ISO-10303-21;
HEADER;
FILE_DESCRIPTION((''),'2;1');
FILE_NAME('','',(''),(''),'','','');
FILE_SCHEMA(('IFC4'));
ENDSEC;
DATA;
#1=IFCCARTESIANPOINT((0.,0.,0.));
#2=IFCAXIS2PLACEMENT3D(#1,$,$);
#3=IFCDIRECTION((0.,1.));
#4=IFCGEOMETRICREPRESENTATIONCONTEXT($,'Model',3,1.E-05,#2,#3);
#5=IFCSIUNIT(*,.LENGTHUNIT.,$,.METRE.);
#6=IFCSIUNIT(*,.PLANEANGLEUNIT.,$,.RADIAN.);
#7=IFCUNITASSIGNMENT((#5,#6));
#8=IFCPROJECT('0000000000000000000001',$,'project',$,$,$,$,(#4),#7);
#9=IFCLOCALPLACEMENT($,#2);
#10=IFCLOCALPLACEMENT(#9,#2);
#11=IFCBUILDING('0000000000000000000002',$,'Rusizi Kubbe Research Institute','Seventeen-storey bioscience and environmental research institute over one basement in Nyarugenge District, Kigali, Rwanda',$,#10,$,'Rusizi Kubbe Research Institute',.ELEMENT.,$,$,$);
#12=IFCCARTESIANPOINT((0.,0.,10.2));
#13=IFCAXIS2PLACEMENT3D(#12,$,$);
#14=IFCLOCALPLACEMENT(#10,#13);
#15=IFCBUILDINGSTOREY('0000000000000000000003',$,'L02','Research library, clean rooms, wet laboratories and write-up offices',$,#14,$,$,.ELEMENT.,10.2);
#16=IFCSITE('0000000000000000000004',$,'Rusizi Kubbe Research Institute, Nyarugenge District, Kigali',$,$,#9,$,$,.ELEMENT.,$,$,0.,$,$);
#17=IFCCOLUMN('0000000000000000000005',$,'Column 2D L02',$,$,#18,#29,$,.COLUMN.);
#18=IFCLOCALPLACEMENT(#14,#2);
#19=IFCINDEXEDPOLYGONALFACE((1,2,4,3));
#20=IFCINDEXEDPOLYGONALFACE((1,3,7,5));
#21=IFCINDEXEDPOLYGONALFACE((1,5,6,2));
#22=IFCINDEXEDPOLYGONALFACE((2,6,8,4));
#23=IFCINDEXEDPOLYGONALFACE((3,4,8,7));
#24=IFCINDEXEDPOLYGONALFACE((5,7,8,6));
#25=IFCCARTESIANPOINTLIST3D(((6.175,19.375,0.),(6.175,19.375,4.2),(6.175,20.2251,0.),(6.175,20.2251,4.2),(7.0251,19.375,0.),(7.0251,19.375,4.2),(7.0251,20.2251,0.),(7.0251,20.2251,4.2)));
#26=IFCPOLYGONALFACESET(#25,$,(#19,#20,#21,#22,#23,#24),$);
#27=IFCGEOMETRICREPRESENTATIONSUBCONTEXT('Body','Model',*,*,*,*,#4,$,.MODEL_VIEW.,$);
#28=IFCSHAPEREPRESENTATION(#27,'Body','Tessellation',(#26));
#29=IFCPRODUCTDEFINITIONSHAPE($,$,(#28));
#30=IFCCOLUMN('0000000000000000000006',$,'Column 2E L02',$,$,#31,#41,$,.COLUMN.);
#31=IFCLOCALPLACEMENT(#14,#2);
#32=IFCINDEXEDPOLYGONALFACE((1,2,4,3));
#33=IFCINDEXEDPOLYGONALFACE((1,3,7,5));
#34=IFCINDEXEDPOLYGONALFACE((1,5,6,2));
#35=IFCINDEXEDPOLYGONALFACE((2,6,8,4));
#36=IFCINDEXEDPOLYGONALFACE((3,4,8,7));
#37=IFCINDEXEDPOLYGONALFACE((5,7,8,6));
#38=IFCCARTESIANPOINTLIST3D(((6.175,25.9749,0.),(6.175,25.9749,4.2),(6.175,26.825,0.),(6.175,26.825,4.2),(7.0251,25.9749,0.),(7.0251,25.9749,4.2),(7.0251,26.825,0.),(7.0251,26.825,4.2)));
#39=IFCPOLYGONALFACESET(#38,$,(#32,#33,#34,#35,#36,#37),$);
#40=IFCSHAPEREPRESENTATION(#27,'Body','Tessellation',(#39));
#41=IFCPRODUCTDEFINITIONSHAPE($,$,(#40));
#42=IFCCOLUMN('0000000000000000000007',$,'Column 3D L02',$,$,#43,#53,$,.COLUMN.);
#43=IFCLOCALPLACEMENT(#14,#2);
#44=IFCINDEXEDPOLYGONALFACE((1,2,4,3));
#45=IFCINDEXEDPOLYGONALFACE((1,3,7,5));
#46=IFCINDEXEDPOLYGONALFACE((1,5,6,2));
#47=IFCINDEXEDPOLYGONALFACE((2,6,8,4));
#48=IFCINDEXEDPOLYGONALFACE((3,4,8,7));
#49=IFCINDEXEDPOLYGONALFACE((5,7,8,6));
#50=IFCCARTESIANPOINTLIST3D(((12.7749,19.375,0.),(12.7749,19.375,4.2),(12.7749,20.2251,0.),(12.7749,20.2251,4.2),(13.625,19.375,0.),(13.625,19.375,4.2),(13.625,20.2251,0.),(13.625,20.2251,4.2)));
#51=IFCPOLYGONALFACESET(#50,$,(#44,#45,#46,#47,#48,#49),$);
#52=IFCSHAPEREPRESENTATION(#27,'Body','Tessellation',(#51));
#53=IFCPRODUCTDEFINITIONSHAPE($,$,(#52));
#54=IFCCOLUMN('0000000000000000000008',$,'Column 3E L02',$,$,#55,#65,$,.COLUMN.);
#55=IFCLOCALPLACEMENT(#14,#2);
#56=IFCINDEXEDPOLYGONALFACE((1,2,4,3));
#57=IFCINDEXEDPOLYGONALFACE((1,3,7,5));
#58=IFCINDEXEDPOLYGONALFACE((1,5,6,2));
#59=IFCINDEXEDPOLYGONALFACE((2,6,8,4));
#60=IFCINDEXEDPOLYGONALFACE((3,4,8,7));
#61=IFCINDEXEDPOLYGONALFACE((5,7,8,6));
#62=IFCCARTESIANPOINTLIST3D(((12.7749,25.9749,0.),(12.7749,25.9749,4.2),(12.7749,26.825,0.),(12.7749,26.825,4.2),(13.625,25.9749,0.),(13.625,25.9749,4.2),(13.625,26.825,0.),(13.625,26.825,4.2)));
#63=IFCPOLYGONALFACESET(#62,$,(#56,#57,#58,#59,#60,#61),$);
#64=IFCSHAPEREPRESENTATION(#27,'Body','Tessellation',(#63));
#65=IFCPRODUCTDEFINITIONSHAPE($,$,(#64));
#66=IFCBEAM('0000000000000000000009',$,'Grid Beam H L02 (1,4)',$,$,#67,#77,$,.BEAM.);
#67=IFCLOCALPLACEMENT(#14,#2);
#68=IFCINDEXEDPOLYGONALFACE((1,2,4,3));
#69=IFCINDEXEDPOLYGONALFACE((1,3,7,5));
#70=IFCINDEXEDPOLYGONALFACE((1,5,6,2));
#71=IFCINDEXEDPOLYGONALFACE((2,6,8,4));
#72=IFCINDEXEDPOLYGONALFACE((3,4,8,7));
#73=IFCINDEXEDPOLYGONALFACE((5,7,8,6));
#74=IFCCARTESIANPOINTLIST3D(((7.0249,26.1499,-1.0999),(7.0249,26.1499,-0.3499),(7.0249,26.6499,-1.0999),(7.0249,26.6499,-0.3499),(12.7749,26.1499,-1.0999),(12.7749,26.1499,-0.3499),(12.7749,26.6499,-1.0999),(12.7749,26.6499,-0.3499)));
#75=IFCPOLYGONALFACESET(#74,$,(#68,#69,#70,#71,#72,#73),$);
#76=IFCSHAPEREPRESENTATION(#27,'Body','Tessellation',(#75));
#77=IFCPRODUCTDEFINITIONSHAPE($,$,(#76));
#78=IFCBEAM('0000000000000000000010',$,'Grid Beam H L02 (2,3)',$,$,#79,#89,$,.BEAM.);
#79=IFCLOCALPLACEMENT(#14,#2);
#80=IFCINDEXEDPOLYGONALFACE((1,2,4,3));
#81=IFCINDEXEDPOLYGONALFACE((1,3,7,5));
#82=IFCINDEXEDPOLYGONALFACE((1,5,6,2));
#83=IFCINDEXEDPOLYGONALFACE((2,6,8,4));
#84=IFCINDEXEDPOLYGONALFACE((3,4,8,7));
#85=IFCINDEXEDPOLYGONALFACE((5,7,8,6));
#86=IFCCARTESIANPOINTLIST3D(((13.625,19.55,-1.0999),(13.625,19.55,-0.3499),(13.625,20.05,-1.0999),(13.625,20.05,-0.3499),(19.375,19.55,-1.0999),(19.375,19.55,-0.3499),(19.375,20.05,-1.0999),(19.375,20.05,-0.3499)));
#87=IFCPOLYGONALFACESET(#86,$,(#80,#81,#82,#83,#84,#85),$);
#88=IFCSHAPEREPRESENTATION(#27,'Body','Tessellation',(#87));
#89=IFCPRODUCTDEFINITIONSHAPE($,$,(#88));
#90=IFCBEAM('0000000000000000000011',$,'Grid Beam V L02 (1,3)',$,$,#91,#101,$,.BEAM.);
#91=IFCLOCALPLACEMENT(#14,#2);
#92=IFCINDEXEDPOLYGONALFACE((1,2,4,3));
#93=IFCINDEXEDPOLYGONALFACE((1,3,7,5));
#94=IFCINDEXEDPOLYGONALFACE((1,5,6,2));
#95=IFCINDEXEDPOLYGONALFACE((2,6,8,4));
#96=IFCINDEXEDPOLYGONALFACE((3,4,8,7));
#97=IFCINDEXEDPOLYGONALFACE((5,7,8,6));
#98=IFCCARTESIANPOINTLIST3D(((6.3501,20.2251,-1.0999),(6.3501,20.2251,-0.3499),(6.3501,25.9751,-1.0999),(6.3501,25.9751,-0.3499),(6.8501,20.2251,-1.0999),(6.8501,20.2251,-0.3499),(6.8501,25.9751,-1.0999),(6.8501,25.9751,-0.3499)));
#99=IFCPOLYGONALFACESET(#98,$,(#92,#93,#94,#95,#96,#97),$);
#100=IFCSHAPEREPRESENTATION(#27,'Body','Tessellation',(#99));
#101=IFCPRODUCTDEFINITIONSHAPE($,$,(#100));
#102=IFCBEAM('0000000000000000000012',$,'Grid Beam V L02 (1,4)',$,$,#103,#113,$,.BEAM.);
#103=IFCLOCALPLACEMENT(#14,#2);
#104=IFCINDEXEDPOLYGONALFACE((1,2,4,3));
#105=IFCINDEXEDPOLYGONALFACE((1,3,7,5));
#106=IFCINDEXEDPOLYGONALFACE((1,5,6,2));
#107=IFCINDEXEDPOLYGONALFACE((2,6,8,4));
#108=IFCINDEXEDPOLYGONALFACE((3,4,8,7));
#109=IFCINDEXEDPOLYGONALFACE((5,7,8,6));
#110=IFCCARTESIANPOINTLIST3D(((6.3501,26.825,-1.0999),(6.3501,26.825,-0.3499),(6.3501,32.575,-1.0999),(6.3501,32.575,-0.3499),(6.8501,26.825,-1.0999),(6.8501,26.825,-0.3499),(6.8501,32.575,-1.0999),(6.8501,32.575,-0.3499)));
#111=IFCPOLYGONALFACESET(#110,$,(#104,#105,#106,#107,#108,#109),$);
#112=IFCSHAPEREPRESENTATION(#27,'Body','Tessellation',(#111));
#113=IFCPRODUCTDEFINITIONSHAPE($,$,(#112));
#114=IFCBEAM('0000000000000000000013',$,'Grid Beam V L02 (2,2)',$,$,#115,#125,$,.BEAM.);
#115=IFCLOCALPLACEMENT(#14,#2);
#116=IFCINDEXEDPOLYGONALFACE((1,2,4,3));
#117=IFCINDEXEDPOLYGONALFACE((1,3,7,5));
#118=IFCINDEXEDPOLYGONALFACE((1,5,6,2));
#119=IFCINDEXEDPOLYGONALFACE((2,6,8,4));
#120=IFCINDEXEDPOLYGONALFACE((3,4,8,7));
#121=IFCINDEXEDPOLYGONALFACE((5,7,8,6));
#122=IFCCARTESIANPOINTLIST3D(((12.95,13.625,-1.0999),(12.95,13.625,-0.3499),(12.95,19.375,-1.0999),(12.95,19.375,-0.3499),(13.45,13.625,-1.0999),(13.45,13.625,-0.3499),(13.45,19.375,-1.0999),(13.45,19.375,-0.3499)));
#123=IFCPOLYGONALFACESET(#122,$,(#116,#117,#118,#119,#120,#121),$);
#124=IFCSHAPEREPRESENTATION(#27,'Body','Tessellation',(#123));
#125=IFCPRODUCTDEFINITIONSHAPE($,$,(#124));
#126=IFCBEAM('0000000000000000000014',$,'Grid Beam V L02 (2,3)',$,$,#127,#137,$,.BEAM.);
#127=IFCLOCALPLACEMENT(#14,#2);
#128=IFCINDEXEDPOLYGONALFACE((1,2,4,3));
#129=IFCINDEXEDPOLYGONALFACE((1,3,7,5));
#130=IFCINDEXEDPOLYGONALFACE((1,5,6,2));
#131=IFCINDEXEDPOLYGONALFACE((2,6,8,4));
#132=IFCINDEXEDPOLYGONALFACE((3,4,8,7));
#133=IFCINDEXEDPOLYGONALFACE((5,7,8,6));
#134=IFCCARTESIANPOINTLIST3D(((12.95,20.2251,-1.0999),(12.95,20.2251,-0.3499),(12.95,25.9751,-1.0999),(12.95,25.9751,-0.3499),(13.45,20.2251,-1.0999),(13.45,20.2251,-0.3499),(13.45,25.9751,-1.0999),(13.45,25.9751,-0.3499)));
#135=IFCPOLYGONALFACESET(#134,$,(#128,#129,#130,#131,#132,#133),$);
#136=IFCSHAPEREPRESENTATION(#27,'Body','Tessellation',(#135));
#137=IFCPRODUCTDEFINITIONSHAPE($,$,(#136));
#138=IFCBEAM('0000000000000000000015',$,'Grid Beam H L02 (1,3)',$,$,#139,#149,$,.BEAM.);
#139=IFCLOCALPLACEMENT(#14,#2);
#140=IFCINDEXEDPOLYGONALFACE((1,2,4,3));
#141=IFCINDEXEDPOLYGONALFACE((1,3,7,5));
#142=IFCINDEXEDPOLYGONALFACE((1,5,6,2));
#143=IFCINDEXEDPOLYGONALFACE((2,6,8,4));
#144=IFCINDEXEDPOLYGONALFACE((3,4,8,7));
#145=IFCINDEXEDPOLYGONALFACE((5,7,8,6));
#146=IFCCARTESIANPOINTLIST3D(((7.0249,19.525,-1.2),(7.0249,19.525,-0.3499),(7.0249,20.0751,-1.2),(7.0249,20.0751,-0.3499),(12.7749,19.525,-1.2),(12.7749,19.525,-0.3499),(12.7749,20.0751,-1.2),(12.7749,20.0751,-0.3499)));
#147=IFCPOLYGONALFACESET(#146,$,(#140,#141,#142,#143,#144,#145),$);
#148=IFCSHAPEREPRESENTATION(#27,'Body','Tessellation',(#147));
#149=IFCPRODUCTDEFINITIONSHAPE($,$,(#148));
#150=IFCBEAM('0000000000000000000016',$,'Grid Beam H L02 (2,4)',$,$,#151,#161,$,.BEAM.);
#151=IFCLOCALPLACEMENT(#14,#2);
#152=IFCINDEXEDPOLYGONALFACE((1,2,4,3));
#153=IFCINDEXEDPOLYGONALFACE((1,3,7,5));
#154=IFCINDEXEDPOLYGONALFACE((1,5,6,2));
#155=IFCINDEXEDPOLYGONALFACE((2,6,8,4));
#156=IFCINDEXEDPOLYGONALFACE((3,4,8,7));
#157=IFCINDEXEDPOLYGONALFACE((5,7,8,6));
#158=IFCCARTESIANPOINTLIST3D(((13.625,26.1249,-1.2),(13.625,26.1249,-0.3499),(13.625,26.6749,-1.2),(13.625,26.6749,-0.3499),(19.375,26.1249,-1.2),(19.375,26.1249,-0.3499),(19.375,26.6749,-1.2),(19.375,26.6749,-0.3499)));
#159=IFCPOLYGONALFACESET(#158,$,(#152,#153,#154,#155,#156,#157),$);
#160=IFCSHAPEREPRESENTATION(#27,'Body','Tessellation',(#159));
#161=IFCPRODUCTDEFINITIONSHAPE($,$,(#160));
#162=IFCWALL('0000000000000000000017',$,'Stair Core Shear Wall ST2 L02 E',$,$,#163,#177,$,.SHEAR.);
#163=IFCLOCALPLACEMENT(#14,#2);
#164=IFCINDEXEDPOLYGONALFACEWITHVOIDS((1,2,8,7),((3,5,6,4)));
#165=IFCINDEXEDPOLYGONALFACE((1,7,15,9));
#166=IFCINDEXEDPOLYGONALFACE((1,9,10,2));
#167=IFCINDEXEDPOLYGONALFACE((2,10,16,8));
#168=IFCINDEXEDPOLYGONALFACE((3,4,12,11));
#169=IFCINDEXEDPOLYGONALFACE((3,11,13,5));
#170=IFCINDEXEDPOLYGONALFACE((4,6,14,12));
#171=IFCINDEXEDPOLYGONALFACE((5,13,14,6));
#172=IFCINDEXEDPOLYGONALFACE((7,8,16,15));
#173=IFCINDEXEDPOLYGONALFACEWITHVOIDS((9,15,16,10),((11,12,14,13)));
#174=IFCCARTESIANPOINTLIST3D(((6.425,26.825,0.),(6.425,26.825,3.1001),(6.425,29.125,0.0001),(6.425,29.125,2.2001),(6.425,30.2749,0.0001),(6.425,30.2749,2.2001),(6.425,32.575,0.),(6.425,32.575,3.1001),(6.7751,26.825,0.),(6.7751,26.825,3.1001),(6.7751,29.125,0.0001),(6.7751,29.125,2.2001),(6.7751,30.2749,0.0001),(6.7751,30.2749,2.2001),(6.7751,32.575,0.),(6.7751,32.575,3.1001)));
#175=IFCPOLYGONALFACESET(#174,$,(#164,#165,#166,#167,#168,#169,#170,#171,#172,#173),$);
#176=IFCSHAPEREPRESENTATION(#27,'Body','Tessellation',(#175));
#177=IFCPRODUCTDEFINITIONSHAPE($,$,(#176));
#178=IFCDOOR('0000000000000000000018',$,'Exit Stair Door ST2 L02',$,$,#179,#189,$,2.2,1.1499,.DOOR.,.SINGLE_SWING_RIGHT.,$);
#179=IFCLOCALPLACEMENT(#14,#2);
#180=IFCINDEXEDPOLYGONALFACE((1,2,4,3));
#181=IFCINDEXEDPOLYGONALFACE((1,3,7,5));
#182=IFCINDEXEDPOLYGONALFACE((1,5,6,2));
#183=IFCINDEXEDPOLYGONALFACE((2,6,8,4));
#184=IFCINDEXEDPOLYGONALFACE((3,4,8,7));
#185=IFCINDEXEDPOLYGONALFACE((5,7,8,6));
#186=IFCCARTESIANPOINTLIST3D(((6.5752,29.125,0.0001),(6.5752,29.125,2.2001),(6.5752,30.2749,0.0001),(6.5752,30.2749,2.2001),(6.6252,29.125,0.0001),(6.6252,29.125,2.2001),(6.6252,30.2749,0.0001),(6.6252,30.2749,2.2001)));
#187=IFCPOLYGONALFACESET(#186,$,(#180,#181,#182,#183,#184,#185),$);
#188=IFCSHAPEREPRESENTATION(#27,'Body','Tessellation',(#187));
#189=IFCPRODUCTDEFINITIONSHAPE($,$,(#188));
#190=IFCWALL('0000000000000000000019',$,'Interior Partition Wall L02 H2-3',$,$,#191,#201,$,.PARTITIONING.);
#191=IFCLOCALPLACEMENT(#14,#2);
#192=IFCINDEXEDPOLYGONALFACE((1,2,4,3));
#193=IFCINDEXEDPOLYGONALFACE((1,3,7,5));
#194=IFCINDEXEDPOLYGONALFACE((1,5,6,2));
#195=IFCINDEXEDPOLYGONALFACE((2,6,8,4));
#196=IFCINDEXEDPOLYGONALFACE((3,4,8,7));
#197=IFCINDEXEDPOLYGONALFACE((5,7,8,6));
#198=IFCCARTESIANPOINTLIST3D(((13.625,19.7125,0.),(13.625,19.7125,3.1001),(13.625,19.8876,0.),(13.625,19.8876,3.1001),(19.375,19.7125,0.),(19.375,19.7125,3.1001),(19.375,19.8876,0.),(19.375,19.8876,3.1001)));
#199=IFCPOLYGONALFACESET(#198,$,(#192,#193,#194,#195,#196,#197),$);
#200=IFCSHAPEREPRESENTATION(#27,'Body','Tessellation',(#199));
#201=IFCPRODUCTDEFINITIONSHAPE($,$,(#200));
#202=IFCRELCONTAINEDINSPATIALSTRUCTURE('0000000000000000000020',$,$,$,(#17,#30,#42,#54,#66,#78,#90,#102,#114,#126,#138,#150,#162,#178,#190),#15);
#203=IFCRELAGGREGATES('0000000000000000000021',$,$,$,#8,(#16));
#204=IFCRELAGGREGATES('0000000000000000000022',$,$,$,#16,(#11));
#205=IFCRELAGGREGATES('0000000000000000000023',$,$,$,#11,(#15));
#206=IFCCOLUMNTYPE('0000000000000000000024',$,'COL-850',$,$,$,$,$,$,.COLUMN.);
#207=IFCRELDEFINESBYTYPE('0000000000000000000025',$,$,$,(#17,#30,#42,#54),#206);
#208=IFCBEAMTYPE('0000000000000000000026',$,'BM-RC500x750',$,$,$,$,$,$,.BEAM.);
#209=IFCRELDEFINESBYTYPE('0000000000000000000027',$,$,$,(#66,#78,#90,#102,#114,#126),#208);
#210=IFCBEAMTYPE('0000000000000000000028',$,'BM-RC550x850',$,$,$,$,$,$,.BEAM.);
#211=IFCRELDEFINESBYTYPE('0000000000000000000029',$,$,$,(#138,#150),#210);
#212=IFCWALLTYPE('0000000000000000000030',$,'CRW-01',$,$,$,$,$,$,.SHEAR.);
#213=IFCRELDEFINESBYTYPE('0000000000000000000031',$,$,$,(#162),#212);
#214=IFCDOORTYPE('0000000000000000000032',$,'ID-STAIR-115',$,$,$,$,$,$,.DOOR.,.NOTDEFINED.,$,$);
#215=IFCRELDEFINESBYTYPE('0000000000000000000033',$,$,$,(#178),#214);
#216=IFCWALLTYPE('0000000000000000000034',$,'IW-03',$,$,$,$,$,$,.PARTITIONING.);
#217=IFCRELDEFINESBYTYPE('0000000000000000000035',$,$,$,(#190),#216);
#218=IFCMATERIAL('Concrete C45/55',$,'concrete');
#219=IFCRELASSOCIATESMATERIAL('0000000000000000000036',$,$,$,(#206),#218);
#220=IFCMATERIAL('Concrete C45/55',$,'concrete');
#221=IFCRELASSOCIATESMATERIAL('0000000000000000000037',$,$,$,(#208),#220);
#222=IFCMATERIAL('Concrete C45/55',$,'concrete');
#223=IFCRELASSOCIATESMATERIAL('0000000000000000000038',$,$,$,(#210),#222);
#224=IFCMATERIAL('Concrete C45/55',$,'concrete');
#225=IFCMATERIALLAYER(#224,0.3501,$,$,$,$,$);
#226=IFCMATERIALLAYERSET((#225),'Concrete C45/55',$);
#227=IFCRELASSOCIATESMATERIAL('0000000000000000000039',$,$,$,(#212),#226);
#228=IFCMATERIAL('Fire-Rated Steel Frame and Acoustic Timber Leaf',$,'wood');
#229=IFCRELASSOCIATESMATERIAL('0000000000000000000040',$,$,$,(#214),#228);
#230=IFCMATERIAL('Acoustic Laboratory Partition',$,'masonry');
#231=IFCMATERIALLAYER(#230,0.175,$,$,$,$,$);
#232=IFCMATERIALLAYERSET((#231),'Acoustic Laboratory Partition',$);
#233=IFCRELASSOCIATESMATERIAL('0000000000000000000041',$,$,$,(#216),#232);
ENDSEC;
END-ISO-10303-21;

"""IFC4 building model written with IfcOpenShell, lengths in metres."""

from ifc_helpers import new_model, si_unit, direction, frame, frame_2d, origin, origin_2d, place, context, subcontext, project, spatial, rectangle, extrude, material, layer, layer_set, material_profile, profile_set, type_object, element, fill, save


model = new_model("IFC4")

# Units and contexts
model_context = context("Model", 3, precision=1e-05, world=origin(), true_north=direction((0.0, 1.0)))
body_context = subcontext(model_context, "Body", "Model", "MODEL_VIEW")
ifc_project = project(units=[si_unit("LENGTHUNIT", "METRE"), si_unit("PLANEANGLEUNIT", "RADIAN")], contexts=[model_context])

# Site, building, storey
site_placement = place(None, origin())
site = spatial("IfcSite", under=ifc_project, at=site_placement, Name="Rusizi Kubbe Research Institute, Nyarugenge District, Kigali", CompositionType="ELEMENT", RefElevation=0.0)
building_placement = place(site_placement, origin())
building = spatial("IfcBuilding", under=site, at=building_placement, Name="Rusizi Kubbe Research Institute", Description="Seventeen-storey bioscience and environmental research institute over one basement in Nyarugenge District, Kigali, Rwanda", LongName="Rusizi Kubbe Research Institute", CompositionType="ELEMENT")
storey_placement = place(building_placement, frame((0.0, 0.0, 10.2)))
storey = spatial("IfcBuildingStorey", under=building, at=storey_placement, Name="L02", Description="Research library, clean rooms, wet laboratories and write-up offices", CompositionType="ELEMENT", Elevation=10.2)

# Columns
ifc_material_1 = material(Name="Concrete C45/55", Category="concrete")
ifc_material_profile_1 = material_profile(ifc_material_1, rectangle(XDim=0.8501, YDim=0.8501, at=origin_2d()), Name="RC850x850")
ifc_profile_set_1 = profile_set([ifc_material_profile_1], Name="Concrete C45/55")
column_type = type_object("IfcColumnType", Name="COL-850", PredefinedType="COLUMN", material=ifc_profile_set_1)
for number, where, z_axis, x_axis, name in (
    (1, (6.6001, 19.8, 0.0), (0.0, 0.0, 1.0), (1.0, 0.0, 0.0), "Column 2D L02"),
    (2, (6.6001, 26.3999, 0.0), (0.0, 0.0, 1.0), (1.0, 0.0, 0.0), "Column 2E L02"),
    (3, (13.2, 19.8, 0.0), (0.0, 0.0, 1.0), (1.0, 0.0, 0.0), "Column 3D L02"),
    (4, (13.2, 26.3999, 0.0), (0.0, 0.0, 1.0), (1.0, 0.0, 0.0), "Column 3E L02"),
):
    element("IfcColumn", number, at=place(storey_placement, frame(where, z_axis=z_axis, x_axis=x_axis)), inside=storey, type_object=column_type, Name=name, PredefinedType="COLUMN", context=body_context, shape_type="SweptSolid", body=[
        extrude(rectangle(XDim=0.8501, YDim=0.8501, at=origin_2d()), origin(), (0.0, 0.0, 1.0), 4.2),
    ])

# Beams
ifc_material_2 = material(Name="Concrete C45/55", Category="concrete")
ifc_material_profile_2 = material_profile(ifc_material_2, rectangle(XDim=0.5, YDim=0.75, at=origin_2d()), Name="RC500x750B")
ifc_profile_set_2 = profile_set([ifc_material_profile_2], Name="Concrete C45/55")
beam_type_1 = type_object("IfcBeamType", Name="BM-RC500x750", PredefinedType="BEAM", material=ifc_profile_set_2)
for number, where, z_axis, x_axis, name in (
    (5, (7.0249, 26.3999, -0.7249), (1.0, 0.0, 0.0), (0.0, 1.0, 0.0), "Grid Beam H L02 (1,4)"),
    (6, (13.625, 19.8, -0.7249), (1.0, 0.0, 0.0), (0.0, 1.0, 0.0), "Grid Beam H L02 (2,3)"),
    (7, (6.6001, 20.2251, -0.7249), (0.0, 1.0, 0.0), (-1.0, 0.0, 0.0), "Grid Beam V L02 (1,3)"),
    (8, (6.6001, 26.825, -0.7249), (0.0, 1.0, 0.0), (-1.0, 0.0, 0.0), "Grid Beam V L02 (1,4)"),
    (9, (13.2, 13.625, -0.7249), (0.0, 1.0, 0.0), (-1.0, 0.0, 0.0), "Grid Beam V L02 (2,2)"),
    (10, (13.2, 20.2251, -0.7249), (0.0, 1.0, 0.0), (-1.0, 0.0, 0.0), "Grid Beam V L02 (2,3)"),
):
    element("IfcBeam", number, at=place(storey_placement, frame(where, z_axis=z_axis, x_axis=x_axis)), inside=storey, type_object=beam_type_1, Name=name, PredefinedType="BEAM", context=body_context, shape_type="SweptSolid", body=[
        extrude(rectangle(XDim=0.5, YDim=0.75, at=origin_2d()), origin(), (0.0, 0.0, 1.0), 5.75),
    ])
ifc_material_3 = material(Name="Concrete C45/55", Category="concrete")
ifc_material_profile_3 = material_profile(ifc_material_3, rectangle(XDim=0.55, YDim=0.8501, at=origin_2d()), Name="RC550x850")
ifc_profile_set_3 = profile_set([ifc_material_profile_3], Name="Concrete C45/55")
beam_type_2 = type_object("IfcBeamType", Name="BM-RC550x850", PredefinedType="BEAM", material=ifc_profile_set_3)
for number, where, z_axis, x_axis, name in (
    (11, (7.0249, 19.8, -0.7749), (1.0, 0.0, 0.0), (0.0, 1.0, 0.0), "Grid Beam H L02 (1,3)"),
    (12, (13.625, 26.3999, -0.7749), (1.0, 0.0, 0.0), (0.0, 1.0, 0.0), "Grid Beam H L02 (2,4)"),
):
    element("IfcBeam", number, at=place(storey_placement, frame(where, z_axis=z_axis, x_axis=x_axis)), inside=storey, type_object=beam_type_2, Name=name, PredefinedType="BEAM", context=body_context, shape_type="SweptSolid", body=[
        extrude(rectangle(XDim=0.55, YDim=0.8501, at=origin_2d()), origin(), (0.0, 0.0, 1.0), 5.75),
    ])

# Wall, opening, door
ifc_material_4 = material(Name="Concrete C45/55", Category="concrete")
ifc_layer_1 = layer(ifc_material_4, 0.3501)
ifc_layer_set_1 = layer_set([ifc_layer_1], Name="Concrete C45/55")
wall_type_1 = type_object("IfcWallType", Name="CRW-01", PredefinedType="SHEAR", material=ifc_layer_set_1)
wall_1_placement = place(storey_placement, frame((6.6001, 26.825, 0.0), z_axis=(0.0, 0.0, 1.0), x_axis=(0.0, 1.0, 0.0)))
wall_1 = element("IfcWall", 13, at=wall_1_placement, inside=storey, type_object=wall_type_1, Name="Stair Core Shear Wall ST2 L02 E", PredefinedType="SHEAR", context=body_context, shape_type="SweptSolid", body=[
    extrude(rectangle(XDim=5.75, YDim=0.3501, at=frame_2d((2.875, 0.0))), origin(), (0.0, 0.0, 1.0), 3.1001),
])
opening_1_placement = place(wall_1_placement, frame((2.3, 0.0, 0.0)))
opening_1 = element("IfcOpeningElement", 14, at=opening_1_placement, cuts=wall_1, PredefinedType="OPENING", context=body_context, shape_type="SweptSolid", body=[
    extrude(rectangle(XDim=1.1499, YDim=2.2, at=frame_2d((0.575, 1.1001))), frame((0.0, 0.1851, 0.0), z_axis=(0.0, -1.0, 0.0), x_axis=(1.0, 0.0, 0.0)), (0.0, 0.0, 1.0), 0.3701),
])
ifc_material_5 = material(Name="Fire-Rated Steel Frame and Acoustic Timber Leaf", Category="wood")
door_type_1 = type_object("IfcDoorType", Name="ID-STAIR-115", OperationType="NOTDEFINED", PredefinedType="DOOR", material=ifc_material_5)
door_1_placement = place(opening_1_placement, origin())
door_1 = element("IfcDoor", 15, at=door_1_placement, inside=storey, type_object=door_type_1, Name="Exit Stair Door ST2 L02", OperationType="SINGLE_SWING_RIGHT", OverallHeight=2.2, OverallWidth=1.1499, PredefinedType="DOOR", context=body_context, shape_type="SweptSolid", body=[
    extrude(rectangle(XDim=1.1499, YDim=2.2, at=frame_2d((0.575, 1.1001))), frame((0.0, 0.0249, 0.0), z_axis=(0.0, -1.0, 0.0), x_axis=(1.0, 0.0, 0.0)), (0.0, 0.0, 1.0), 0.05),
])
fill(opening_1, door_1)

# Wall
ifc_material_6 = material(Name="Acoustic Laboratory Partition", Category="masonry")
ifc_layer_2 = layer(ifc_material_6, 0.175)
ifc_layer_set_2 = layer_set([ifc_layer_2], Name="Acoustic Laboratory Partition")
wall_type_2 = type_object("IfcWallType", Name="IW-03", PredefinedType="PARTITIONING", material=ifc_layer_set_2)
wall_2_placement = place(storey_placement, frame((13.625, 19.8, 0.0), z_axis=(0.0, 0.0, 1.0), x_axis=(1.0, 0.0, 0.0)))
element("IfcWall", 16, at=wall_2_placement, inside=storey, type_object=wall_type_2, Name="Interior Partition Wall L02 H2-3", PredefinedType="PARTITIONING", context=body_context, shape_type="SweptSolid", body=[
    extrude(rectangle(XDim=5.75, YDim=0.175, at=frame_2d((2.875, 0.0))), origin(), (0.0, 0.0, 1.0), 3.1001),
])

save(model, "model.ifc")
